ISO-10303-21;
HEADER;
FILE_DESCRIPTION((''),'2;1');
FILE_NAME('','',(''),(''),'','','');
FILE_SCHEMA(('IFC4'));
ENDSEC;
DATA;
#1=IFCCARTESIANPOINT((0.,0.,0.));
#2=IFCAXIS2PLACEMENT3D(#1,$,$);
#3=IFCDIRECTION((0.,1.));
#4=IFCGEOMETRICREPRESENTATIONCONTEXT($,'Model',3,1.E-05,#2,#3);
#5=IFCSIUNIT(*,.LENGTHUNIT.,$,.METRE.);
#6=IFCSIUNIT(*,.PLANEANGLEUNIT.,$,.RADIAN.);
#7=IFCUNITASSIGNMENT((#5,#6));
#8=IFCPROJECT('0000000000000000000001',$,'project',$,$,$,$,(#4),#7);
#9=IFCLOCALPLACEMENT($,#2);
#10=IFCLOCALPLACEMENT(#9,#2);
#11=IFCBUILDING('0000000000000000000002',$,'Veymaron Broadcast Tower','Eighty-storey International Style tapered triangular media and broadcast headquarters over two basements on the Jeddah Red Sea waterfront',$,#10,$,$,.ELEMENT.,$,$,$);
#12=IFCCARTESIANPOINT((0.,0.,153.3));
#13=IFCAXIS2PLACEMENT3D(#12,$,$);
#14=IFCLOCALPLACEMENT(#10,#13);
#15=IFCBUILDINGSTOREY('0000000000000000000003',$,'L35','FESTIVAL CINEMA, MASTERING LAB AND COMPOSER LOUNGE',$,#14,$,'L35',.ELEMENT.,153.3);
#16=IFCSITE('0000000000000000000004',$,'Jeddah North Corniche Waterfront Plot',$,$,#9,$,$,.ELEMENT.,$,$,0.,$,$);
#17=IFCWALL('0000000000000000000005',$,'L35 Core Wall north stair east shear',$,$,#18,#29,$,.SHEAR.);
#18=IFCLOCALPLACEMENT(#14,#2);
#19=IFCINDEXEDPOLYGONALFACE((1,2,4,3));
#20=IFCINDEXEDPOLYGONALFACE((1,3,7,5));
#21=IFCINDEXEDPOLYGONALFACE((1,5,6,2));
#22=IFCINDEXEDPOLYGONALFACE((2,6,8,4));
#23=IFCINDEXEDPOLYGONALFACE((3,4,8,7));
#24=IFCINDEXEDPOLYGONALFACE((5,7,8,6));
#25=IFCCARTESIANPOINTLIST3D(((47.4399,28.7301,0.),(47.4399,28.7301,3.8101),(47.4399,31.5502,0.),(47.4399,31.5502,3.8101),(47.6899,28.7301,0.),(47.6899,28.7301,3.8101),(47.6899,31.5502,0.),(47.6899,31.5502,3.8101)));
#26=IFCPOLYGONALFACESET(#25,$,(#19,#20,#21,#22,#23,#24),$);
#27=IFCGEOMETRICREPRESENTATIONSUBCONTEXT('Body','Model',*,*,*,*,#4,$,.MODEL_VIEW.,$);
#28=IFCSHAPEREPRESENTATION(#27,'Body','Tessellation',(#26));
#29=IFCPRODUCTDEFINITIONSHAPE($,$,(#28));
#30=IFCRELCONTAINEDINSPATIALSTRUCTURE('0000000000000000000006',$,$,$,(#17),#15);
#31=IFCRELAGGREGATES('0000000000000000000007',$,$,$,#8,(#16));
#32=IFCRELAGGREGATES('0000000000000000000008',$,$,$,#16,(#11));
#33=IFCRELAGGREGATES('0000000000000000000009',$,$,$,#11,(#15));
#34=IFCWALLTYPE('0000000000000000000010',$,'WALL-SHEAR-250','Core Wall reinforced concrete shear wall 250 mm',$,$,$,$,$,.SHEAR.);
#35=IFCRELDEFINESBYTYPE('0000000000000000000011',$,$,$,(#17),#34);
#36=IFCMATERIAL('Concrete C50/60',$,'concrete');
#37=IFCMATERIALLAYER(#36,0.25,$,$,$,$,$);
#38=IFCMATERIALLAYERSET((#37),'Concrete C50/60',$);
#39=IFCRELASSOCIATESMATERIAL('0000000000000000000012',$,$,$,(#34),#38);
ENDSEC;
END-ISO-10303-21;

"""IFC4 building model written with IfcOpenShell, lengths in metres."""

from ifc_helpers import new_model, si_unit, direction, frame, frame_2d, origin, place, context, subcontext, project, spatial, rectangle, extrude, material, layer, layer_set, type_object, element, save


model = new_model("IFC4")

# Units and contexts
model_context = context("Model", 3, precision=1e-05, world=origin(), true_north=direction((0.0, 1.0)))
body_context = subcontext(model_context, "Body", "Model", "MODEL_VIEW")
ifc_project = project(units=[si_unit("LENGTHUNIT", "METRE"), si_unit("PLANEANGLEUNIT", "RADIAN")], contexts=[model_context])

# Site, building, storey
site_placement = place(None, origin())
site = spatial("IfcSite", under=ifc_project, at=site_placement, Name="Jeddah North Corniche Waterfront Plot", CompositionType="ELEMENT", RefElevation=0.0)
building_placement = place(site_placement, origin())
building = spatial("IfcBuilding", under=site, at=building_placement, Name="Veymaron Broadcast Tower", Description="Eighty-storey International Style tapered triangular media and broadcast headquarters over two basements on the Jeddah Red Sea waterfront", CompositionType="ELEMENT")
storey_placement = place(building_placement, frame((0.0, 0.0, 153.3)))
storey = spatial("IfcBuildingStorey", under=building, at=storey_placement, Name="L35", Description="FESTIVAL CINEMA, MASTERING LAB AND COMPOSER LOUNGE", LongName="L35", CompositionType="ELEMENT", Elevation=153.3)

# Wall
ifc_material_1 = material(Name="Concrete C50/60", Category="concrete")
ifc_layer_1 = layer(ifc_material_1, 0.25)
ifc_layer_set_1 = layer_set([ifc_layer_1], Name="Concrete C50/60")
wall_type_1 = type_object("IfcWallType", Name="WALL-SHEAR-250", Description="Core Wall reinforced concrete shear wall 250 mm", PredefinedType="SHEAR", material=ifc_layer_set_1)
wall_1_placement = place(storey_placement, frame((47.5649, 28.73, 0.0), z_axis=(0.0, 0.0, 1.0), x_axis=(0.0, 1.0, 0.0)))
element("IfcWall", 1, at=wall_1_placement, inside=storey, type_object=wall_type_1, Name="L35 Core Wall north stair east shear", PredefinedType="SHEAR", context=body_context, shape_type="SweptSolid", body=[
    extrude(rectangle(XDim=2.8201, YDim=0.25, at=frame_2d((1.4102, 0.0))), origin(), (0.0, 0.0, 1.0), 3.8101),
])

save(model, "model.ifc")
